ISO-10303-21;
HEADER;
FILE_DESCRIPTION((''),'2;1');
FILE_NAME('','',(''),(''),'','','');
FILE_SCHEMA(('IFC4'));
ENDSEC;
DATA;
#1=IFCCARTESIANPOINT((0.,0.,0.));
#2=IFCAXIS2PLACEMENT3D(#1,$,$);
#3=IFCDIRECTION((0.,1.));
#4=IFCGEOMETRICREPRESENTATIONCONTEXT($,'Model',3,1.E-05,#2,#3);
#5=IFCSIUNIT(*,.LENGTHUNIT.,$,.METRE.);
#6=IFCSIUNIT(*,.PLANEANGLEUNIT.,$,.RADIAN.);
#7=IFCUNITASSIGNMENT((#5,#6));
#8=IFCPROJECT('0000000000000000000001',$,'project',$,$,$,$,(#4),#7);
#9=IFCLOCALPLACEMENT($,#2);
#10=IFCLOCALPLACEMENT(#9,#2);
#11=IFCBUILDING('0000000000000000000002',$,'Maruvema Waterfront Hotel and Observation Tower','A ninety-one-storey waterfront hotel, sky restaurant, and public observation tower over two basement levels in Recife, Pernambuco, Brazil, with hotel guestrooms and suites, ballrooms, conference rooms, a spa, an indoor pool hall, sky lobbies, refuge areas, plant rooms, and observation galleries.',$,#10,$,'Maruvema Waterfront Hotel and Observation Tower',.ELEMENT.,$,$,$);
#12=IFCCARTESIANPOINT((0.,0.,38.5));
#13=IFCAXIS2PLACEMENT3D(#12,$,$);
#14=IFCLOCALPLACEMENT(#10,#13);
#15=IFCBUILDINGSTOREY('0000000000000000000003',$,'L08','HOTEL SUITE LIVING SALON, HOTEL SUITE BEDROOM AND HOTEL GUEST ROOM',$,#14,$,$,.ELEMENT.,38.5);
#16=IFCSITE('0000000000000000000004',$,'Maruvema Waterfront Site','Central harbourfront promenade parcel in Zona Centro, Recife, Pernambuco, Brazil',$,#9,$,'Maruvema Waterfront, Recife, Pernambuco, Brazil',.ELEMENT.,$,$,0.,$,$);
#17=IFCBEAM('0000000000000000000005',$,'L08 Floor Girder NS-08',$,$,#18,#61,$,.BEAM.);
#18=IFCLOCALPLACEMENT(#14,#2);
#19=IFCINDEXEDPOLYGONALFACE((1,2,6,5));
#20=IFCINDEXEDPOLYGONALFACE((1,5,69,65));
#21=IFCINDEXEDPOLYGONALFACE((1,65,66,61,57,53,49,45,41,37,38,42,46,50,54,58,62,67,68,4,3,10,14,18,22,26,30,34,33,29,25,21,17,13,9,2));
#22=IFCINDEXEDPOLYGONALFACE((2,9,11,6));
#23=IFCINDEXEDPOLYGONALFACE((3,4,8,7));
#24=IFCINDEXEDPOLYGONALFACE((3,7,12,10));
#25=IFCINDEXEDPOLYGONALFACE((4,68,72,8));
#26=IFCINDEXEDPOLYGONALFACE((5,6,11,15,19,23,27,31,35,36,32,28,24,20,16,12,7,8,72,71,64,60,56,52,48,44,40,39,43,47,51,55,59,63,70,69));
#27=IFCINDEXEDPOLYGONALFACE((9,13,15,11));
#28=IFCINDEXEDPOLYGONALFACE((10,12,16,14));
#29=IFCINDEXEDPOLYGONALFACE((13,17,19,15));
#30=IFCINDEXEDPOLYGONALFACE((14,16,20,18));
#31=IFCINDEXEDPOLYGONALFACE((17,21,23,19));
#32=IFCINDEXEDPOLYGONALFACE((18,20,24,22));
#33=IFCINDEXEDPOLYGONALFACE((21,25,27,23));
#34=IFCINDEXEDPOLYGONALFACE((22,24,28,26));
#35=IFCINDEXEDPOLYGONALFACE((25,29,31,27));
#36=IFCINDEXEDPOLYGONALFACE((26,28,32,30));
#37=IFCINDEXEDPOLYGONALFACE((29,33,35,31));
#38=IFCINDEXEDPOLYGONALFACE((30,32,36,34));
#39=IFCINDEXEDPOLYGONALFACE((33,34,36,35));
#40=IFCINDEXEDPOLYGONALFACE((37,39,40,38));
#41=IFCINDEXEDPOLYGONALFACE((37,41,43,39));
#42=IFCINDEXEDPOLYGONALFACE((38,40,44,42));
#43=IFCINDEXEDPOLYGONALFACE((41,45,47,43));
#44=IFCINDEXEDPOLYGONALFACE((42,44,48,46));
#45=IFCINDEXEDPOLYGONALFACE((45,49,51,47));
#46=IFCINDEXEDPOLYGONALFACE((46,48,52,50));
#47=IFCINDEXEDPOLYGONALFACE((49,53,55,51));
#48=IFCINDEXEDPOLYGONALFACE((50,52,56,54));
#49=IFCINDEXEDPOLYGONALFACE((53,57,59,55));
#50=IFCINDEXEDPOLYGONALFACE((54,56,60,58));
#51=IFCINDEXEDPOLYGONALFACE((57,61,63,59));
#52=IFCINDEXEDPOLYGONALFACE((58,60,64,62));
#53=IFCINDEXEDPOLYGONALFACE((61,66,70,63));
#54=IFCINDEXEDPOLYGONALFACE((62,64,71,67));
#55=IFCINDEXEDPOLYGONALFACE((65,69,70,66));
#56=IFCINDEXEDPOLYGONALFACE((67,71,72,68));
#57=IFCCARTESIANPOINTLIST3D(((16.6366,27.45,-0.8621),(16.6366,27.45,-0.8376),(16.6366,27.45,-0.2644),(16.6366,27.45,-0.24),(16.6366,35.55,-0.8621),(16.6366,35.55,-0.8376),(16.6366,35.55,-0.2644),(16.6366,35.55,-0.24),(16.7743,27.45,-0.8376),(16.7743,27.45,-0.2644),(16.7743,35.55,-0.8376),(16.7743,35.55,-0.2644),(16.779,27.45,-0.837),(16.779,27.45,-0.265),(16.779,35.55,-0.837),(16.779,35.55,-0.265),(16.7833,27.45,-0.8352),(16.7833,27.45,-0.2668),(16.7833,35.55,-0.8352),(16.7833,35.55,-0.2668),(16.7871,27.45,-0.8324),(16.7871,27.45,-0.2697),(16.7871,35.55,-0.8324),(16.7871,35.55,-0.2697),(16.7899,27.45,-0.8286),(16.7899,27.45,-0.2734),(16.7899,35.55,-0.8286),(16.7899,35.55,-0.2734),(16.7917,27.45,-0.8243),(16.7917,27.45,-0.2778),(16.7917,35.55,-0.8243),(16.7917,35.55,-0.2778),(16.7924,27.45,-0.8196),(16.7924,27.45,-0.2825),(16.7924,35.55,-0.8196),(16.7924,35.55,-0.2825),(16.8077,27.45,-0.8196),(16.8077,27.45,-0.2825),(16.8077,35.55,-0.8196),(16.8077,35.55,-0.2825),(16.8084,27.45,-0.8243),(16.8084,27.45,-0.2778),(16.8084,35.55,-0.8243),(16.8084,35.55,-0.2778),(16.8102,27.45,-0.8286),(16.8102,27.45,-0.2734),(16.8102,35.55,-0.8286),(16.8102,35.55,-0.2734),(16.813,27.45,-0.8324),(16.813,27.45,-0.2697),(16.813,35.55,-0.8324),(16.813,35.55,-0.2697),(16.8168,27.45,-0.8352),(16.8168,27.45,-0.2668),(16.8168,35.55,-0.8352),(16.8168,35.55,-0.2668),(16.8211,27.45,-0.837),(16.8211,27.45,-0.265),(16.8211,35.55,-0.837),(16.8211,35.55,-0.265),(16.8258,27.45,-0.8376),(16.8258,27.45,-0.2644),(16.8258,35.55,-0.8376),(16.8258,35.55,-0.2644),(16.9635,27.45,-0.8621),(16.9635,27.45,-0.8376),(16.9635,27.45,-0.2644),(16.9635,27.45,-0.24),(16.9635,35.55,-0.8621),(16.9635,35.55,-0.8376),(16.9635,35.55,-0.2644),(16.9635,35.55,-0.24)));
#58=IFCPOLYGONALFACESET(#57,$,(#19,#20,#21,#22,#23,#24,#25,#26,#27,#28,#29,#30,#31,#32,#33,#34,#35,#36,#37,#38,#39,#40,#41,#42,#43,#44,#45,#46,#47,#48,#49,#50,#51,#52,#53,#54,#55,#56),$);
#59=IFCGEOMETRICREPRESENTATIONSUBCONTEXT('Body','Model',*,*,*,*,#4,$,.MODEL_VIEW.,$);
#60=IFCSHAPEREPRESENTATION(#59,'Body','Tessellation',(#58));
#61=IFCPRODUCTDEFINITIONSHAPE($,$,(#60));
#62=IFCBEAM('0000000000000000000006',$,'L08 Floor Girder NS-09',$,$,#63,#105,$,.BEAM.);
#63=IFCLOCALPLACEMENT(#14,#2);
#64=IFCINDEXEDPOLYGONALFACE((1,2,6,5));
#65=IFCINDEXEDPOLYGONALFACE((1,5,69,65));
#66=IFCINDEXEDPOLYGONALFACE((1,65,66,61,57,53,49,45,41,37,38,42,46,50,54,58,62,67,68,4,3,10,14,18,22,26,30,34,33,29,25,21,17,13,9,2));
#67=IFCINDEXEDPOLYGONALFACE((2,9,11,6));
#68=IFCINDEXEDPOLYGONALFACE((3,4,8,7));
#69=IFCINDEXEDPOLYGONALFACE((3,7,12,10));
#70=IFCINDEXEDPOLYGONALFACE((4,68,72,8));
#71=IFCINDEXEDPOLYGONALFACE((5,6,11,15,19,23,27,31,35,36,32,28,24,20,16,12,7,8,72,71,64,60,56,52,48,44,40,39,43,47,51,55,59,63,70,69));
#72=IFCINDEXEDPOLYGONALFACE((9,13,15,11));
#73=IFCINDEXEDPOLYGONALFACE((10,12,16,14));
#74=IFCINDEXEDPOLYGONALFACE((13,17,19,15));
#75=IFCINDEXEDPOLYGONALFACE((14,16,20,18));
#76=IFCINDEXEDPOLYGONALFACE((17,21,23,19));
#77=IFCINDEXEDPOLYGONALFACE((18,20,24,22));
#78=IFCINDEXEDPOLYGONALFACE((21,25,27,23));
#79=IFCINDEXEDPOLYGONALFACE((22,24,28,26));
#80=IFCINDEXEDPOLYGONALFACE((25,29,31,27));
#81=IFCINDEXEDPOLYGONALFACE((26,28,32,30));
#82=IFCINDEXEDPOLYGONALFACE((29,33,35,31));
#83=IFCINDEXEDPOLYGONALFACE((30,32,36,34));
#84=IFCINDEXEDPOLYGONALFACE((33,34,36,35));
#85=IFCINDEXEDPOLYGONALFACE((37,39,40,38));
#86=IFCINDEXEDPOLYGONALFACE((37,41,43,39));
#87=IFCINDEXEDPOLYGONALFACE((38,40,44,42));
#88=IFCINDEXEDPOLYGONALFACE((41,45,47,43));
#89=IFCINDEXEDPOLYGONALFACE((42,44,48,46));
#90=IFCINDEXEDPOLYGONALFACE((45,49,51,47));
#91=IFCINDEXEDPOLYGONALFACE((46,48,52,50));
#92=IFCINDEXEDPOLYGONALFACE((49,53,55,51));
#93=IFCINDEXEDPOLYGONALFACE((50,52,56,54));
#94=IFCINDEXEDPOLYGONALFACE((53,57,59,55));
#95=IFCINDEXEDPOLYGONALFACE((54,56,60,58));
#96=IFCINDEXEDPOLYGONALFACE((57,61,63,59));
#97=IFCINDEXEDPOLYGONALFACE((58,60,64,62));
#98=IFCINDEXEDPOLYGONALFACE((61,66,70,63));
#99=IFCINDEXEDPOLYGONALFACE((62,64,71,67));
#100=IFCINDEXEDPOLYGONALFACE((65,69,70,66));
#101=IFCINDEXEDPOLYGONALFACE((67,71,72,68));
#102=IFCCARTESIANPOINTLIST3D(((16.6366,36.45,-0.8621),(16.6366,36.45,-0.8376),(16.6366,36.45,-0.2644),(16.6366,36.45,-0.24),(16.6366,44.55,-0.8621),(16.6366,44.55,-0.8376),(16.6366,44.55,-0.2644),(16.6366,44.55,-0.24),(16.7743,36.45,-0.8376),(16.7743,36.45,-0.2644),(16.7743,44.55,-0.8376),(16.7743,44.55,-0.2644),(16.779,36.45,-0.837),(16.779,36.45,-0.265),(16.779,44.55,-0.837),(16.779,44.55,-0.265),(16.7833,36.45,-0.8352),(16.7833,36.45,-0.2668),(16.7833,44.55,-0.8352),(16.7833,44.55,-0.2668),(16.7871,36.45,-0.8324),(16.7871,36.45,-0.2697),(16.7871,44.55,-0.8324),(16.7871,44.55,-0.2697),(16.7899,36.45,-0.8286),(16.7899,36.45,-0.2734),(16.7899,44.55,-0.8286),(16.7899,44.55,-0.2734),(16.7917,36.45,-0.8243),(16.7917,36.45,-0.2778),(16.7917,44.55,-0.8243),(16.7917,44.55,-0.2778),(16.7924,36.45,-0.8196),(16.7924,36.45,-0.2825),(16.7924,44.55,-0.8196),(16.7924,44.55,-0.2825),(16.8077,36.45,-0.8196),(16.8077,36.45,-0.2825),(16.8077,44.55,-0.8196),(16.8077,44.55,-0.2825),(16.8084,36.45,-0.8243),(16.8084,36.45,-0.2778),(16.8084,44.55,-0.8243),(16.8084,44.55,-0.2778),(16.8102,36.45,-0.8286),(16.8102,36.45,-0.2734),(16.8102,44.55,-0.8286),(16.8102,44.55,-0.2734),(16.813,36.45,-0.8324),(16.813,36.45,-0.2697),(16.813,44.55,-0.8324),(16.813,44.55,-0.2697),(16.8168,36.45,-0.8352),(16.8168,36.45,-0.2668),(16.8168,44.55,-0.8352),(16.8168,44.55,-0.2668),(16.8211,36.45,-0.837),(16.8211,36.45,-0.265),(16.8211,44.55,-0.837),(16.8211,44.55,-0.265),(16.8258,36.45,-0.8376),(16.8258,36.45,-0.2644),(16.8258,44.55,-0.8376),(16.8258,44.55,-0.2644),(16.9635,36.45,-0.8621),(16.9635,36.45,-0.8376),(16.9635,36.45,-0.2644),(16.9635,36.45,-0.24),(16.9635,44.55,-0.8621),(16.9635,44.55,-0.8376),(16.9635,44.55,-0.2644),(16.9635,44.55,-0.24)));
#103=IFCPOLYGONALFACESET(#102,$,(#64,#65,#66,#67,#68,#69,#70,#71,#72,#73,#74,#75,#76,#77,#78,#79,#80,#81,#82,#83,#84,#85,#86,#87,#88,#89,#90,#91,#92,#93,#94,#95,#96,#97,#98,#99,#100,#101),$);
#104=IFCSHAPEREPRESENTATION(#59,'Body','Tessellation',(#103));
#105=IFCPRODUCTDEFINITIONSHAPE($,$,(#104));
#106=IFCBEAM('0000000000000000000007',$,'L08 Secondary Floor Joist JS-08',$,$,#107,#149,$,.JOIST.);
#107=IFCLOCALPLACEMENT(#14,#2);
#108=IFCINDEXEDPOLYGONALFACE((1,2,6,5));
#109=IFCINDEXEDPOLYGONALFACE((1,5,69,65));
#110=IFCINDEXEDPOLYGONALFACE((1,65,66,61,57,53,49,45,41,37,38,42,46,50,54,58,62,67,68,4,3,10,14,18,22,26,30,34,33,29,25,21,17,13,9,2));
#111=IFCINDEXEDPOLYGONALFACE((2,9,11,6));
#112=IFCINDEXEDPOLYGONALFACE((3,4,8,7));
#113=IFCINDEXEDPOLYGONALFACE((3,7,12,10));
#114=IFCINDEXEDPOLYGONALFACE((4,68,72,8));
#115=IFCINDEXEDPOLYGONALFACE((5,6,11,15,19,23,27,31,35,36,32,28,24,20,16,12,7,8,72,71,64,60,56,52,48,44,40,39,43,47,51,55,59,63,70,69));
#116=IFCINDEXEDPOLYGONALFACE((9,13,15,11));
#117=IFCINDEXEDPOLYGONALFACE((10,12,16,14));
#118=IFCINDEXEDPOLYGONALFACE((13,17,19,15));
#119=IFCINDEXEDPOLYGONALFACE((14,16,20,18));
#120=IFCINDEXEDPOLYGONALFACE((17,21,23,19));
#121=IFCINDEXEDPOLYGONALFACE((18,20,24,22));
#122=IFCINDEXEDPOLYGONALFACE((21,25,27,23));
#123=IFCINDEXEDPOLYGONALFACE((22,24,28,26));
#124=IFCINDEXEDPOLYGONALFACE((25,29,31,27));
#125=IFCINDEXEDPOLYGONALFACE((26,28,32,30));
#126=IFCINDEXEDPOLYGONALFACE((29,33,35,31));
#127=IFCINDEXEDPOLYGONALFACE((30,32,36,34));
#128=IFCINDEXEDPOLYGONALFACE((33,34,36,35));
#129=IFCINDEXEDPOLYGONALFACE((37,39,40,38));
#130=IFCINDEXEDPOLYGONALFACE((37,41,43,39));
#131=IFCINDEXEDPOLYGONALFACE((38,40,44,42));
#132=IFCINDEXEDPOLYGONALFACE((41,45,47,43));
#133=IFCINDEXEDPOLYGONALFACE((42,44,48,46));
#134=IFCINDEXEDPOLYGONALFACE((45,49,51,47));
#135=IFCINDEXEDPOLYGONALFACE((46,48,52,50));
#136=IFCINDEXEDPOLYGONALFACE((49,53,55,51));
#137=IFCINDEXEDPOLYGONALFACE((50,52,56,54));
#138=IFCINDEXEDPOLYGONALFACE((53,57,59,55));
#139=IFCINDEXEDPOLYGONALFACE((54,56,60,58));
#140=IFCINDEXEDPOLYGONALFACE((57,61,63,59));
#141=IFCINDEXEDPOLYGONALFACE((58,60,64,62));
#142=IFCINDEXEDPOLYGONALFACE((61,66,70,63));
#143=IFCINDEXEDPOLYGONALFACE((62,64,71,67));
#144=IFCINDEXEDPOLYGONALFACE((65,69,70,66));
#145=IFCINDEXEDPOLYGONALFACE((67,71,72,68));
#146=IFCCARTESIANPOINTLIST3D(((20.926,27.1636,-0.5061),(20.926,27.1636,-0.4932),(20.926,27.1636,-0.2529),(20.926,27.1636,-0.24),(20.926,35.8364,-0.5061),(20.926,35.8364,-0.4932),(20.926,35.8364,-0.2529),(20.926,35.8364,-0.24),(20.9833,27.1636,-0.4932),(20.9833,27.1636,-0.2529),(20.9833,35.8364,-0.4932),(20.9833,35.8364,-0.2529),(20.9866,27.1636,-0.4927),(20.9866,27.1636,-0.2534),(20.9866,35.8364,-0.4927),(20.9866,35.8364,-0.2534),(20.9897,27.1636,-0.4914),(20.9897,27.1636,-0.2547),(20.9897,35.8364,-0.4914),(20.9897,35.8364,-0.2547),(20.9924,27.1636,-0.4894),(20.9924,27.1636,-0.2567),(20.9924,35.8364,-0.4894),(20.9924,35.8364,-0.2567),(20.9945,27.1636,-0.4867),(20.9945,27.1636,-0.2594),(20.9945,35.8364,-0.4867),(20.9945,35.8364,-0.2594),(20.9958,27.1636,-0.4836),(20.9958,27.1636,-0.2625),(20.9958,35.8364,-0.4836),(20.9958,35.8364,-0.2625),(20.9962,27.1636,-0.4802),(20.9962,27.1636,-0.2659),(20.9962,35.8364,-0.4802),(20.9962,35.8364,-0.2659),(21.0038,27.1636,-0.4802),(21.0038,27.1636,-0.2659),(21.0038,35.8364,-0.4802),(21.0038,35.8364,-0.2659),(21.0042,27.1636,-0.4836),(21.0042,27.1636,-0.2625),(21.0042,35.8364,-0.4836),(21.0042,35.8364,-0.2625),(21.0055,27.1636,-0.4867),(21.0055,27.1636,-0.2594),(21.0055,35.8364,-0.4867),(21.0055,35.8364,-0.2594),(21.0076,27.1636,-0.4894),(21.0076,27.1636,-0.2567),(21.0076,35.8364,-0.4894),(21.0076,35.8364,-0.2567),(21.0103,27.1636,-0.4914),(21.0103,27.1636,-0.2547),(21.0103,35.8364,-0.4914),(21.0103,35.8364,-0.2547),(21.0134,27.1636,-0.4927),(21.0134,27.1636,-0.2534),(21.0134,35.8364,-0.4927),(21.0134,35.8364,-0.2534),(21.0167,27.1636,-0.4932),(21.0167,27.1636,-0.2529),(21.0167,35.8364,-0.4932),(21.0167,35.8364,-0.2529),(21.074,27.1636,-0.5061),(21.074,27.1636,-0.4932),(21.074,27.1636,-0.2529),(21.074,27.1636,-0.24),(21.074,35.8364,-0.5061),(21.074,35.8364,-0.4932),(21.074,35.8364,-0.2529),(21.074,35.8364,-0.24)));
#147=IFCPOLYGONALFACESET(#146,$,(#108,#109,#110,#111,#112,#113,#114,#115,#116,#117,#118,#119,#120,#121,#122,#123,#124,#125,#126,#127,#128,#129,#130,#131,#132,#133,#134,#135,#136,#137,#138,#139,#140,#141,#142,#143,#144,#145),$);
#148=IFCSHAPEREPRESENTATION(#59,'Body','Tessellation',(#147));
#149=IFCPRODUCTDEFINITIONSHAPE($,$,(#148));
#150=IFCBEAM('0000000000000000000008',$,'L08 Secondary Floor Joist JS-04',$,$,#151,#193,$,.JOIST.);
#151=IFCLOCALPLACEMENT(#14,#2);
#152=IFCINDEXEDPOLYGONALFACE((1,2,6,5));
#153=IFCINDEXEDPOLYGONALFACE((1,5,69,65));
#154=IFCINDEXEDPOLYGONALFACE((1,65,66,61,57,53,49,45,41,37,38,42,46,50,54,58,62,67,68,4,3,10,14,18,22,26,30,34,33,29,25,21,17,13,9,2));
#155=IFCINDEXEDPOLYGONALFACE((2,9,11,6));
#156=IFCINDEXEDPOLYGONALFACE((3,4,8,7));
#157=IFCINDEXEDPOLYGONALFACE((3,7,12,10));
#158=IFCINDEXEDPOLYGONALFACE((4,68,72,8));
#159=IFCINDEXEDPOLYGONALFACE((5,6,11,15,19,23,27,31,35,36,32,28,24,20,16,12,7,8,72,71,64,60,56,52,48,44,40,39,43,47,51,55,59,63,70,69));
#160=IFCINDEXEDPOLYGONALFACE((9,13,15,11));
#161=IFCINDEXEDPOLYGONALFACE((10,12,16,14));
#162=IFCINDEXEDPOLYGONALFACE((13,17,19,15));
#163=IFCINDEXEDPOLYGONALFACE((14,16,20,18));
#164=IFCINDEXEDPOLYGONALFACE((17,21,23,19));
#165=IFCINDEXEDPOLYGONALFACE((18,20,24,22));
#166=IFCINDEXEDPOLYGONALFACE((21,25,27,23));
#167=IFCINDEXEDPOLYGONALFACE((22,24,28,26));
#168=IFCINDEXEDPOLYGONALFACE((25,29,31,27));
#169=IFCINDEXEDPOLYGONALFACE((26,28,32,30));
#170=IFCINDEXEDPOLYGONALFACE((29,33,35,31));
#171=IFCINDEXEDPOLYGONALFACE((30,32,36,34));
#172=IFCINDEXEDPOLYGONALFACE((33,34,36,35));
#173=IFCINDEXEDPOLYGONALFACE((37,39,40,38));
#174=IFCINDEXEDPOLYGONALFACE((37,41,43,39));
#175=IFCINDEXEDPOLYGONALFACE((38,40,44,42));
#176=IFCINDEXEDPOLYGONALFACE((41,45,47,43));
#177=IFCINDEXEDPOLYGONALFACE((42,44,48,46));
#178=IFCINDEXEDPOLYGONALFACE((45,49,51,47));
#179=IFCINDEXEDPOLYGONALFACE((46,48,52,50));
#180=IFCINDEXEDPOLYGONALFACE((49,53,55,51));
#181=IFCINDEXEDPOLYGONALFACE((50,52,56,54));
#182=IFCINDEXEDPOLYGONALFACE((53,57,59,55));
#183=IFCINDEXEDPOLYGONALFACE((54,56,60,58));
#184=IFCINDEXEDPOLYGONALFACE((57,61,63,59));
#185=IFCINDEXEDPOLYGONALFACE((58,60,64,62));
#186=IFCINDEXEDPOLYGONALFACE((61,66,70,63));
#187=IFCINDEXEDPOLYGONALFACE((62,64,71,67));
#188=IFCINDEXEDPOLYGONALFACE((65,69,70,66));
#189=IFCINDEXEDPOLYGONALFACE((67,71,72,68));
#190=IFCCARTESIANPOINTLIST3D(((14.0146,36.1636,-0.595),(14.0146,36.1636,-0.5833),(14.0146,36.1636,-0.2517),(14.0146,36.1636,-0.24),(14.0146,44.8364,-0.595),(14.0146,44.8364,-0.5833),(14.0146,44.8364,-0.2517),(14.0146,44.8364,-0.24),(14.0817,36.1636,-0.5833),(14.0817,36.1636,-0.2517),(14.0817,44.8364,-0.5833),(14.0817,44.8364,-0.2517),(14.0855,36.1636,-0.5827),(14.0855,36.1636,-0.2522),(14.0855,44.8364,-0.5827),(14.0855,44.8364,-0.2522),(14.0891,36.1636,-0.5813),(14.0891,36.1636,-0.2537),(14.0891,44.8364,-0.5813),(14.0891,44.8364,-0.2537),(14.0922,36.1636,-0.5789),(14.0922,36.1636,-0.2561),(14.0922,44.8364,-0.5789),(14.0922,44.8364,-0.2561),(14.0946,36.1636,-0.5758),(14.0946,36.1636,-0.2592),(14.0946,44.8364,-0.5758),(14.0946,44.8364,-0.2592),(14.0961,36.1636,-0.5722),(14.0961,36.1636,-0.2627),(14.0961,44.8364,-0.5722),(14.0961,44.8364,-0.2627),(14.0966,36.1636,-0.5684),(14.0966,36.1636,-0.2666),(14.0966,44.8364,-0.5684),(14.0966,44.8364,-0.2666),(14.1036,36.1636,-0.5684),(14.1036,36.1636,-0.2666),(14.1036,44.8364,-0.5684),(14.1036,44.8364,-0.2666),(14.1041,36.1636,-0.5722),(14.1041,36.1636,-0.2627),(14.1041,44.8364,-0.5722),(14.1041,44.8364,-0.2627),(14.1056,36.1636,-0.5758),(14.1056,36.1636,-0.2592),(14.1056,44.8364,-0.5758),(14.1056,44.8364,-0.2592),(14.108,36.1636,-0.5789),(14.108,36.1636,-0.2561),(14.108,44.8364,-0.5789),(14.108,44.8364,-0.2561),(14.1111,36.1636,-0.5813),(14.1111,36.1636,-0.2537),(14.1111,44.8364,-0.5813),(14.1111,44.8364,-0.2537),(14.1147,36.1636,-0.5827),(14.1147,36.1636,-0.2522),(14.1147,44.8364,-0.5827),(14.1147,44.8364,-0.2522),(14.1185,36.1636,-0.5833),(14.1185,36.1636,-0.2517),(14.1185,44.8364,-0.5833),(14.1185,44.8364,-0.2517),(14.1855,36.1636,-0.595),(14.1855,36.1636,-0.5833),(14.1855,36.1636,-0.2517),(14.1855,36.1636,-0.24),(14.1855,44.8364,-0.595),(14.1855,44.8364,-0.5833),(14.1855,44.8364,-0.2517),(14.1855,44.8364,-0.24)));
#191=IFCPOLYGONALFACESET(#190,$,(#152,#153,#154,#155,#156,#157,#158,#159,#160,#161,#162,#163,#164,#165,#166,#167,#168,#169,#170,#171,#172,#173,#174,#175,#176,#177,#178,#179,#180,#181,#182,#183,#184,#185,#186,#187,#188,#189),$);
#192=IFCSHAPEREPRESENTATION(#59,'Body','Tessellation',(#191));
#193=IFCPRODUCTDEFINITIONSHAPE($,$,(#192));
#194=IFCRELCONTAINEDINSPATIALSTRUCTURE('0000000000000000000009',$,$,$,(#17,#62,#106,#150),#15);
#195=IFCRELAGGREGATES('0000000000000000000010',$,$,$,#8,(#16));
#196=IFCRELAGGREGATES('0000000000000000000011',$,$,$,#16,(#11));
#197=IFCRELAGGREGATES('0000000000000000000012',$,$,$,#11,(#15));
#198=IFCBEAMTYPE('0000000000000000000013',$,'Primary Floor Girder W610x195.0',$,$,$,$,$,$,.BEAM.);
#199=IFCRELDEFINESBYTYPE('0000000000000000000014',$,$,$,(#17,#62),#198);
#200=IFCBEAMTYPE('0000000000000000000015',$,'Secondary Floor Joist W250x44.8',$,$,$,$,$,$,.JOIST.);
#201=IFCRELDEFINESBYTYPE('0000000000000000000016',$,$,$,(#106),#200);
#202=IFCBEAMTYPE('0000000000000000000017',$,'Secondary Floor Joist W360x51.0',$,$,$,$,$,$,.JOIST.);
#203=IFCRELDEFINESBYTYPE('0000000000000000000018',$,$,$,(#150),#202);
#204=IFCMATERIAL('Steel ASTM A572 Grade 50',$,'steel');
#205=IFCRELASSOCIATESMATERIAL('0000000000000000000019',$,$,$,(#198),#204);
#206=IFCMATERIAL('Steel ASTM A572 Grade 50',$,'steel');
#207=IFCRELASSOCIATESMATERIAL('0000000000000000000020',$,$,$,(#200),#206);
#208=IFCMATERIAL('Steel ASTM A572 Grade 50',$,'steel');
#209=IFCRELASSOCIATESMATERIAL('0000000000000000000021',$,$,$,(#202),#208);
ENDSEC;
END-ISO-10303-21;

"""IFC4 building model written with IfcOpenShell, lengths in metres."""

from ifc_helpers import new_model, si_unit, direction, frame, origin, origin_2d, place, context, subcontext, project, spatial, i_section, extrude, material, material_profile, profile_set, type_object, element, save


model = new_model("IFC4")

# Units and contexts
model_context = context("Model", 3, precision=1e-05, world=origin(), true_north=direction((0.0, 1.0)))
body_context = subcontext(model_context, "Body", "Model", "MODEL_VIEW")
ifc_project = project(units=[si_unit("LENGTHUNIT", "METRE"), si_unit("PLANEANGLEUNIT", "RADIAN")], contexts=[model_context])

# Site, building, storey
site_placement = place(None, origin())
site = spatial("IfcSite", under=ifc_project, at=site_placement, Name="Maruvema Waterfront Site", Description="Central harbourfront promenade parcel in Zona Centro, Recife, Pernambuco, Brazil", LongName="Maruvema Waterfront, Recife, Pernambuco, Brazil", CompositionType="ELEMENT", RefElevation=0.0)
building_placement = place(site_placement, origin())
building = spatial("IfcBuilding", under=site, at=building_placement, Name="Maruvema Waterfront Hotel and Observation Tower", Description="A ninety-one-storey waterfront hotel, sky restaurant, and public observation tower over two basement levels in Recife, Pernambuco, Brazil, with hotel guestrooms and suites, ballrooms, conference rooms, a spa, an indoor pool hall, sky lobbies, refuge areas, plant rooms, and observation galleries.", LongName="Maruvema Waterfront Hotel and Observation Tower", CompositionType="ELEMENT")
storey_placement = place(building_placement, frame((0.0, 0.0, 38.5)))
storey = spatial("IfcBuildingStorey", under=building, at=storey_placement, Name="L08", Description="HOTEL SUITE LIVING SALON, HOTEL SUITE BEDROOM AND HOTEL GUEST ROOM", CompositionType="ELEMENT", Elevation=38.5)

# Beams
ifc_material_1 = material(Name="Steel ASTM A572 Grade 50", Category="steel")
ifc_material_profile_1 = material_profile(ifc_material_1, i_section(OverallWidth=0.3269, OverallDepth=0.6221, WebThickness=0.0154, FlangeThickness=0.0244, FilletRadius=0.0181, at=origin_2d()), Name="W610x195.0")
ifc_profile_set_1 = profile_set([ifc_material_profile_1], Name="Steel ASTM A572 Grade 50")
beam_type_1 = type_object("IfcBeamType", Name="Primary Floor Girder W610x195.0", PredefinedType="BEAM", material=ifc_profile_set_1)
for number, where, z_axis, x_axis, name in (
    (1, (16.8, 27.45, -0.551), (0.0, 1.0, 0.0), (-1.0, 0.0, 0.0), "L08 Floor Girder NS-08"),
    (2, (16.8, 36.45, -0.551), (0.0, 1.0, 0.0), (-1.0, 0.0, 0.0), "L08 Floor Girder NS-09"),
):
    element("IfcBeam", number, at=place(storey_placement, frame(where, z_axis=z_axis, x_axis=x_axis)), inside=storey, type_object=beam_type_1, Name=name, PredefinedType="BEAM", context=body_context, shape_type="SweptSolid", body=[
        extrude(i_section(OverallWidth=0.3269, OverallDepth=0.6221, WebThickness=0.0154, FlangeThickness=0.0244, FilletRadius=0.0181, at=origin_2d()), origin(), (0.0, 0.0, 1.0), 8.1001),
    ])
ifc_material_2 = material(Name="Steel ASTM A572 Grade 50", Category="steel")
ifc_material_profile_2 = material_profile(ifc_material_2, i_section(OverallWidth=0.1479, OverallDepth=0.2661, WebThickness=0.0076, FlangeThickness=0.0129, FilletRadius=0.0129, at=origin_2d()), Name="W250x44.8")
ifc_profile_set_2 = profile_set([ifc_material_profile_2], Name="Steel ASTM A572 Grade 50")
beam_type_2 = type_object("IfcBeamType", Name="Secondary Floor Joist W250x44.8", PredefinedType="JOIST", material=ifc_profile_set_2)
beam_1_placement = place(storey_placement, frame((21.0, 27.1636, -0.373), z_axis=(0.0, 1.0, 0.0), x_axis=(-1.0, 0.0, 0.0)))
element("IfcBeam", 3, at=beam_1_placement, inside=storey, type_object=beam_type_2, Name="L08 Secondary Floor Joist JS-08", PredefinedType="JOIST", context=body_context, shape_type="SweptSolid", body=[
    extrude(i_section(OverallWidth=0.1479, OverallDepth=0.2661, WebThickness=0.0076, FlangeThickness=0.0129, FilletRadius=0.0129, at=origin_2d()), origin(), (0.0, 0.0, 1.0), 8.6729),
])
ifc_material_3 = material(Name="Steel ASTM A572 Grade 50", Category="steel")
ifc_material_profile_3 = material_profile(ifc_material_3, i_section(OverallWidth=0.1709, OverallDepth=0.355, WebThickness=0.0071, FlangeThickness=0.0117, FilletRadius=0.0149, at=origin_2d()), Name="W360x51.0")
ifc_profile_set_3 = profile_set([ifc_material_profile_3], Name="Steel ASTM A572 Grade 50")
beam_type_3 = type_object("IfcBeamType", Name="Secondary Floor Joist W360x51.0", PredefinedType="JOIST", material=ifc_profile_set_3)
beam_2_placement = place(storey_placement, frame((14.1001, 36.1636, -0.4175), z_axis=(0.0, 1.0, 0.0), x_axis=(-1.0, 0.0, 0.0)))
element("IfcBeam", 4, at=beam_2_placement, inside=storey, type_object=beam_type_3, Name="L08 Secondary Floor Joist JS-04", PredefinedType="JOIST", context=body_context, shape_type="SweptSolid", body=[
    extrude(i_section(OverallWidth=0.1709, OverallDepth=0.355, WebThickness=0.0071, FlangeThickness=0.0117, FilletRadius=0.0149, at=origin_2d()), origin(), (0.0, 0.0, 1.0), 8.6729),
])

save(model, "model.ifc")
